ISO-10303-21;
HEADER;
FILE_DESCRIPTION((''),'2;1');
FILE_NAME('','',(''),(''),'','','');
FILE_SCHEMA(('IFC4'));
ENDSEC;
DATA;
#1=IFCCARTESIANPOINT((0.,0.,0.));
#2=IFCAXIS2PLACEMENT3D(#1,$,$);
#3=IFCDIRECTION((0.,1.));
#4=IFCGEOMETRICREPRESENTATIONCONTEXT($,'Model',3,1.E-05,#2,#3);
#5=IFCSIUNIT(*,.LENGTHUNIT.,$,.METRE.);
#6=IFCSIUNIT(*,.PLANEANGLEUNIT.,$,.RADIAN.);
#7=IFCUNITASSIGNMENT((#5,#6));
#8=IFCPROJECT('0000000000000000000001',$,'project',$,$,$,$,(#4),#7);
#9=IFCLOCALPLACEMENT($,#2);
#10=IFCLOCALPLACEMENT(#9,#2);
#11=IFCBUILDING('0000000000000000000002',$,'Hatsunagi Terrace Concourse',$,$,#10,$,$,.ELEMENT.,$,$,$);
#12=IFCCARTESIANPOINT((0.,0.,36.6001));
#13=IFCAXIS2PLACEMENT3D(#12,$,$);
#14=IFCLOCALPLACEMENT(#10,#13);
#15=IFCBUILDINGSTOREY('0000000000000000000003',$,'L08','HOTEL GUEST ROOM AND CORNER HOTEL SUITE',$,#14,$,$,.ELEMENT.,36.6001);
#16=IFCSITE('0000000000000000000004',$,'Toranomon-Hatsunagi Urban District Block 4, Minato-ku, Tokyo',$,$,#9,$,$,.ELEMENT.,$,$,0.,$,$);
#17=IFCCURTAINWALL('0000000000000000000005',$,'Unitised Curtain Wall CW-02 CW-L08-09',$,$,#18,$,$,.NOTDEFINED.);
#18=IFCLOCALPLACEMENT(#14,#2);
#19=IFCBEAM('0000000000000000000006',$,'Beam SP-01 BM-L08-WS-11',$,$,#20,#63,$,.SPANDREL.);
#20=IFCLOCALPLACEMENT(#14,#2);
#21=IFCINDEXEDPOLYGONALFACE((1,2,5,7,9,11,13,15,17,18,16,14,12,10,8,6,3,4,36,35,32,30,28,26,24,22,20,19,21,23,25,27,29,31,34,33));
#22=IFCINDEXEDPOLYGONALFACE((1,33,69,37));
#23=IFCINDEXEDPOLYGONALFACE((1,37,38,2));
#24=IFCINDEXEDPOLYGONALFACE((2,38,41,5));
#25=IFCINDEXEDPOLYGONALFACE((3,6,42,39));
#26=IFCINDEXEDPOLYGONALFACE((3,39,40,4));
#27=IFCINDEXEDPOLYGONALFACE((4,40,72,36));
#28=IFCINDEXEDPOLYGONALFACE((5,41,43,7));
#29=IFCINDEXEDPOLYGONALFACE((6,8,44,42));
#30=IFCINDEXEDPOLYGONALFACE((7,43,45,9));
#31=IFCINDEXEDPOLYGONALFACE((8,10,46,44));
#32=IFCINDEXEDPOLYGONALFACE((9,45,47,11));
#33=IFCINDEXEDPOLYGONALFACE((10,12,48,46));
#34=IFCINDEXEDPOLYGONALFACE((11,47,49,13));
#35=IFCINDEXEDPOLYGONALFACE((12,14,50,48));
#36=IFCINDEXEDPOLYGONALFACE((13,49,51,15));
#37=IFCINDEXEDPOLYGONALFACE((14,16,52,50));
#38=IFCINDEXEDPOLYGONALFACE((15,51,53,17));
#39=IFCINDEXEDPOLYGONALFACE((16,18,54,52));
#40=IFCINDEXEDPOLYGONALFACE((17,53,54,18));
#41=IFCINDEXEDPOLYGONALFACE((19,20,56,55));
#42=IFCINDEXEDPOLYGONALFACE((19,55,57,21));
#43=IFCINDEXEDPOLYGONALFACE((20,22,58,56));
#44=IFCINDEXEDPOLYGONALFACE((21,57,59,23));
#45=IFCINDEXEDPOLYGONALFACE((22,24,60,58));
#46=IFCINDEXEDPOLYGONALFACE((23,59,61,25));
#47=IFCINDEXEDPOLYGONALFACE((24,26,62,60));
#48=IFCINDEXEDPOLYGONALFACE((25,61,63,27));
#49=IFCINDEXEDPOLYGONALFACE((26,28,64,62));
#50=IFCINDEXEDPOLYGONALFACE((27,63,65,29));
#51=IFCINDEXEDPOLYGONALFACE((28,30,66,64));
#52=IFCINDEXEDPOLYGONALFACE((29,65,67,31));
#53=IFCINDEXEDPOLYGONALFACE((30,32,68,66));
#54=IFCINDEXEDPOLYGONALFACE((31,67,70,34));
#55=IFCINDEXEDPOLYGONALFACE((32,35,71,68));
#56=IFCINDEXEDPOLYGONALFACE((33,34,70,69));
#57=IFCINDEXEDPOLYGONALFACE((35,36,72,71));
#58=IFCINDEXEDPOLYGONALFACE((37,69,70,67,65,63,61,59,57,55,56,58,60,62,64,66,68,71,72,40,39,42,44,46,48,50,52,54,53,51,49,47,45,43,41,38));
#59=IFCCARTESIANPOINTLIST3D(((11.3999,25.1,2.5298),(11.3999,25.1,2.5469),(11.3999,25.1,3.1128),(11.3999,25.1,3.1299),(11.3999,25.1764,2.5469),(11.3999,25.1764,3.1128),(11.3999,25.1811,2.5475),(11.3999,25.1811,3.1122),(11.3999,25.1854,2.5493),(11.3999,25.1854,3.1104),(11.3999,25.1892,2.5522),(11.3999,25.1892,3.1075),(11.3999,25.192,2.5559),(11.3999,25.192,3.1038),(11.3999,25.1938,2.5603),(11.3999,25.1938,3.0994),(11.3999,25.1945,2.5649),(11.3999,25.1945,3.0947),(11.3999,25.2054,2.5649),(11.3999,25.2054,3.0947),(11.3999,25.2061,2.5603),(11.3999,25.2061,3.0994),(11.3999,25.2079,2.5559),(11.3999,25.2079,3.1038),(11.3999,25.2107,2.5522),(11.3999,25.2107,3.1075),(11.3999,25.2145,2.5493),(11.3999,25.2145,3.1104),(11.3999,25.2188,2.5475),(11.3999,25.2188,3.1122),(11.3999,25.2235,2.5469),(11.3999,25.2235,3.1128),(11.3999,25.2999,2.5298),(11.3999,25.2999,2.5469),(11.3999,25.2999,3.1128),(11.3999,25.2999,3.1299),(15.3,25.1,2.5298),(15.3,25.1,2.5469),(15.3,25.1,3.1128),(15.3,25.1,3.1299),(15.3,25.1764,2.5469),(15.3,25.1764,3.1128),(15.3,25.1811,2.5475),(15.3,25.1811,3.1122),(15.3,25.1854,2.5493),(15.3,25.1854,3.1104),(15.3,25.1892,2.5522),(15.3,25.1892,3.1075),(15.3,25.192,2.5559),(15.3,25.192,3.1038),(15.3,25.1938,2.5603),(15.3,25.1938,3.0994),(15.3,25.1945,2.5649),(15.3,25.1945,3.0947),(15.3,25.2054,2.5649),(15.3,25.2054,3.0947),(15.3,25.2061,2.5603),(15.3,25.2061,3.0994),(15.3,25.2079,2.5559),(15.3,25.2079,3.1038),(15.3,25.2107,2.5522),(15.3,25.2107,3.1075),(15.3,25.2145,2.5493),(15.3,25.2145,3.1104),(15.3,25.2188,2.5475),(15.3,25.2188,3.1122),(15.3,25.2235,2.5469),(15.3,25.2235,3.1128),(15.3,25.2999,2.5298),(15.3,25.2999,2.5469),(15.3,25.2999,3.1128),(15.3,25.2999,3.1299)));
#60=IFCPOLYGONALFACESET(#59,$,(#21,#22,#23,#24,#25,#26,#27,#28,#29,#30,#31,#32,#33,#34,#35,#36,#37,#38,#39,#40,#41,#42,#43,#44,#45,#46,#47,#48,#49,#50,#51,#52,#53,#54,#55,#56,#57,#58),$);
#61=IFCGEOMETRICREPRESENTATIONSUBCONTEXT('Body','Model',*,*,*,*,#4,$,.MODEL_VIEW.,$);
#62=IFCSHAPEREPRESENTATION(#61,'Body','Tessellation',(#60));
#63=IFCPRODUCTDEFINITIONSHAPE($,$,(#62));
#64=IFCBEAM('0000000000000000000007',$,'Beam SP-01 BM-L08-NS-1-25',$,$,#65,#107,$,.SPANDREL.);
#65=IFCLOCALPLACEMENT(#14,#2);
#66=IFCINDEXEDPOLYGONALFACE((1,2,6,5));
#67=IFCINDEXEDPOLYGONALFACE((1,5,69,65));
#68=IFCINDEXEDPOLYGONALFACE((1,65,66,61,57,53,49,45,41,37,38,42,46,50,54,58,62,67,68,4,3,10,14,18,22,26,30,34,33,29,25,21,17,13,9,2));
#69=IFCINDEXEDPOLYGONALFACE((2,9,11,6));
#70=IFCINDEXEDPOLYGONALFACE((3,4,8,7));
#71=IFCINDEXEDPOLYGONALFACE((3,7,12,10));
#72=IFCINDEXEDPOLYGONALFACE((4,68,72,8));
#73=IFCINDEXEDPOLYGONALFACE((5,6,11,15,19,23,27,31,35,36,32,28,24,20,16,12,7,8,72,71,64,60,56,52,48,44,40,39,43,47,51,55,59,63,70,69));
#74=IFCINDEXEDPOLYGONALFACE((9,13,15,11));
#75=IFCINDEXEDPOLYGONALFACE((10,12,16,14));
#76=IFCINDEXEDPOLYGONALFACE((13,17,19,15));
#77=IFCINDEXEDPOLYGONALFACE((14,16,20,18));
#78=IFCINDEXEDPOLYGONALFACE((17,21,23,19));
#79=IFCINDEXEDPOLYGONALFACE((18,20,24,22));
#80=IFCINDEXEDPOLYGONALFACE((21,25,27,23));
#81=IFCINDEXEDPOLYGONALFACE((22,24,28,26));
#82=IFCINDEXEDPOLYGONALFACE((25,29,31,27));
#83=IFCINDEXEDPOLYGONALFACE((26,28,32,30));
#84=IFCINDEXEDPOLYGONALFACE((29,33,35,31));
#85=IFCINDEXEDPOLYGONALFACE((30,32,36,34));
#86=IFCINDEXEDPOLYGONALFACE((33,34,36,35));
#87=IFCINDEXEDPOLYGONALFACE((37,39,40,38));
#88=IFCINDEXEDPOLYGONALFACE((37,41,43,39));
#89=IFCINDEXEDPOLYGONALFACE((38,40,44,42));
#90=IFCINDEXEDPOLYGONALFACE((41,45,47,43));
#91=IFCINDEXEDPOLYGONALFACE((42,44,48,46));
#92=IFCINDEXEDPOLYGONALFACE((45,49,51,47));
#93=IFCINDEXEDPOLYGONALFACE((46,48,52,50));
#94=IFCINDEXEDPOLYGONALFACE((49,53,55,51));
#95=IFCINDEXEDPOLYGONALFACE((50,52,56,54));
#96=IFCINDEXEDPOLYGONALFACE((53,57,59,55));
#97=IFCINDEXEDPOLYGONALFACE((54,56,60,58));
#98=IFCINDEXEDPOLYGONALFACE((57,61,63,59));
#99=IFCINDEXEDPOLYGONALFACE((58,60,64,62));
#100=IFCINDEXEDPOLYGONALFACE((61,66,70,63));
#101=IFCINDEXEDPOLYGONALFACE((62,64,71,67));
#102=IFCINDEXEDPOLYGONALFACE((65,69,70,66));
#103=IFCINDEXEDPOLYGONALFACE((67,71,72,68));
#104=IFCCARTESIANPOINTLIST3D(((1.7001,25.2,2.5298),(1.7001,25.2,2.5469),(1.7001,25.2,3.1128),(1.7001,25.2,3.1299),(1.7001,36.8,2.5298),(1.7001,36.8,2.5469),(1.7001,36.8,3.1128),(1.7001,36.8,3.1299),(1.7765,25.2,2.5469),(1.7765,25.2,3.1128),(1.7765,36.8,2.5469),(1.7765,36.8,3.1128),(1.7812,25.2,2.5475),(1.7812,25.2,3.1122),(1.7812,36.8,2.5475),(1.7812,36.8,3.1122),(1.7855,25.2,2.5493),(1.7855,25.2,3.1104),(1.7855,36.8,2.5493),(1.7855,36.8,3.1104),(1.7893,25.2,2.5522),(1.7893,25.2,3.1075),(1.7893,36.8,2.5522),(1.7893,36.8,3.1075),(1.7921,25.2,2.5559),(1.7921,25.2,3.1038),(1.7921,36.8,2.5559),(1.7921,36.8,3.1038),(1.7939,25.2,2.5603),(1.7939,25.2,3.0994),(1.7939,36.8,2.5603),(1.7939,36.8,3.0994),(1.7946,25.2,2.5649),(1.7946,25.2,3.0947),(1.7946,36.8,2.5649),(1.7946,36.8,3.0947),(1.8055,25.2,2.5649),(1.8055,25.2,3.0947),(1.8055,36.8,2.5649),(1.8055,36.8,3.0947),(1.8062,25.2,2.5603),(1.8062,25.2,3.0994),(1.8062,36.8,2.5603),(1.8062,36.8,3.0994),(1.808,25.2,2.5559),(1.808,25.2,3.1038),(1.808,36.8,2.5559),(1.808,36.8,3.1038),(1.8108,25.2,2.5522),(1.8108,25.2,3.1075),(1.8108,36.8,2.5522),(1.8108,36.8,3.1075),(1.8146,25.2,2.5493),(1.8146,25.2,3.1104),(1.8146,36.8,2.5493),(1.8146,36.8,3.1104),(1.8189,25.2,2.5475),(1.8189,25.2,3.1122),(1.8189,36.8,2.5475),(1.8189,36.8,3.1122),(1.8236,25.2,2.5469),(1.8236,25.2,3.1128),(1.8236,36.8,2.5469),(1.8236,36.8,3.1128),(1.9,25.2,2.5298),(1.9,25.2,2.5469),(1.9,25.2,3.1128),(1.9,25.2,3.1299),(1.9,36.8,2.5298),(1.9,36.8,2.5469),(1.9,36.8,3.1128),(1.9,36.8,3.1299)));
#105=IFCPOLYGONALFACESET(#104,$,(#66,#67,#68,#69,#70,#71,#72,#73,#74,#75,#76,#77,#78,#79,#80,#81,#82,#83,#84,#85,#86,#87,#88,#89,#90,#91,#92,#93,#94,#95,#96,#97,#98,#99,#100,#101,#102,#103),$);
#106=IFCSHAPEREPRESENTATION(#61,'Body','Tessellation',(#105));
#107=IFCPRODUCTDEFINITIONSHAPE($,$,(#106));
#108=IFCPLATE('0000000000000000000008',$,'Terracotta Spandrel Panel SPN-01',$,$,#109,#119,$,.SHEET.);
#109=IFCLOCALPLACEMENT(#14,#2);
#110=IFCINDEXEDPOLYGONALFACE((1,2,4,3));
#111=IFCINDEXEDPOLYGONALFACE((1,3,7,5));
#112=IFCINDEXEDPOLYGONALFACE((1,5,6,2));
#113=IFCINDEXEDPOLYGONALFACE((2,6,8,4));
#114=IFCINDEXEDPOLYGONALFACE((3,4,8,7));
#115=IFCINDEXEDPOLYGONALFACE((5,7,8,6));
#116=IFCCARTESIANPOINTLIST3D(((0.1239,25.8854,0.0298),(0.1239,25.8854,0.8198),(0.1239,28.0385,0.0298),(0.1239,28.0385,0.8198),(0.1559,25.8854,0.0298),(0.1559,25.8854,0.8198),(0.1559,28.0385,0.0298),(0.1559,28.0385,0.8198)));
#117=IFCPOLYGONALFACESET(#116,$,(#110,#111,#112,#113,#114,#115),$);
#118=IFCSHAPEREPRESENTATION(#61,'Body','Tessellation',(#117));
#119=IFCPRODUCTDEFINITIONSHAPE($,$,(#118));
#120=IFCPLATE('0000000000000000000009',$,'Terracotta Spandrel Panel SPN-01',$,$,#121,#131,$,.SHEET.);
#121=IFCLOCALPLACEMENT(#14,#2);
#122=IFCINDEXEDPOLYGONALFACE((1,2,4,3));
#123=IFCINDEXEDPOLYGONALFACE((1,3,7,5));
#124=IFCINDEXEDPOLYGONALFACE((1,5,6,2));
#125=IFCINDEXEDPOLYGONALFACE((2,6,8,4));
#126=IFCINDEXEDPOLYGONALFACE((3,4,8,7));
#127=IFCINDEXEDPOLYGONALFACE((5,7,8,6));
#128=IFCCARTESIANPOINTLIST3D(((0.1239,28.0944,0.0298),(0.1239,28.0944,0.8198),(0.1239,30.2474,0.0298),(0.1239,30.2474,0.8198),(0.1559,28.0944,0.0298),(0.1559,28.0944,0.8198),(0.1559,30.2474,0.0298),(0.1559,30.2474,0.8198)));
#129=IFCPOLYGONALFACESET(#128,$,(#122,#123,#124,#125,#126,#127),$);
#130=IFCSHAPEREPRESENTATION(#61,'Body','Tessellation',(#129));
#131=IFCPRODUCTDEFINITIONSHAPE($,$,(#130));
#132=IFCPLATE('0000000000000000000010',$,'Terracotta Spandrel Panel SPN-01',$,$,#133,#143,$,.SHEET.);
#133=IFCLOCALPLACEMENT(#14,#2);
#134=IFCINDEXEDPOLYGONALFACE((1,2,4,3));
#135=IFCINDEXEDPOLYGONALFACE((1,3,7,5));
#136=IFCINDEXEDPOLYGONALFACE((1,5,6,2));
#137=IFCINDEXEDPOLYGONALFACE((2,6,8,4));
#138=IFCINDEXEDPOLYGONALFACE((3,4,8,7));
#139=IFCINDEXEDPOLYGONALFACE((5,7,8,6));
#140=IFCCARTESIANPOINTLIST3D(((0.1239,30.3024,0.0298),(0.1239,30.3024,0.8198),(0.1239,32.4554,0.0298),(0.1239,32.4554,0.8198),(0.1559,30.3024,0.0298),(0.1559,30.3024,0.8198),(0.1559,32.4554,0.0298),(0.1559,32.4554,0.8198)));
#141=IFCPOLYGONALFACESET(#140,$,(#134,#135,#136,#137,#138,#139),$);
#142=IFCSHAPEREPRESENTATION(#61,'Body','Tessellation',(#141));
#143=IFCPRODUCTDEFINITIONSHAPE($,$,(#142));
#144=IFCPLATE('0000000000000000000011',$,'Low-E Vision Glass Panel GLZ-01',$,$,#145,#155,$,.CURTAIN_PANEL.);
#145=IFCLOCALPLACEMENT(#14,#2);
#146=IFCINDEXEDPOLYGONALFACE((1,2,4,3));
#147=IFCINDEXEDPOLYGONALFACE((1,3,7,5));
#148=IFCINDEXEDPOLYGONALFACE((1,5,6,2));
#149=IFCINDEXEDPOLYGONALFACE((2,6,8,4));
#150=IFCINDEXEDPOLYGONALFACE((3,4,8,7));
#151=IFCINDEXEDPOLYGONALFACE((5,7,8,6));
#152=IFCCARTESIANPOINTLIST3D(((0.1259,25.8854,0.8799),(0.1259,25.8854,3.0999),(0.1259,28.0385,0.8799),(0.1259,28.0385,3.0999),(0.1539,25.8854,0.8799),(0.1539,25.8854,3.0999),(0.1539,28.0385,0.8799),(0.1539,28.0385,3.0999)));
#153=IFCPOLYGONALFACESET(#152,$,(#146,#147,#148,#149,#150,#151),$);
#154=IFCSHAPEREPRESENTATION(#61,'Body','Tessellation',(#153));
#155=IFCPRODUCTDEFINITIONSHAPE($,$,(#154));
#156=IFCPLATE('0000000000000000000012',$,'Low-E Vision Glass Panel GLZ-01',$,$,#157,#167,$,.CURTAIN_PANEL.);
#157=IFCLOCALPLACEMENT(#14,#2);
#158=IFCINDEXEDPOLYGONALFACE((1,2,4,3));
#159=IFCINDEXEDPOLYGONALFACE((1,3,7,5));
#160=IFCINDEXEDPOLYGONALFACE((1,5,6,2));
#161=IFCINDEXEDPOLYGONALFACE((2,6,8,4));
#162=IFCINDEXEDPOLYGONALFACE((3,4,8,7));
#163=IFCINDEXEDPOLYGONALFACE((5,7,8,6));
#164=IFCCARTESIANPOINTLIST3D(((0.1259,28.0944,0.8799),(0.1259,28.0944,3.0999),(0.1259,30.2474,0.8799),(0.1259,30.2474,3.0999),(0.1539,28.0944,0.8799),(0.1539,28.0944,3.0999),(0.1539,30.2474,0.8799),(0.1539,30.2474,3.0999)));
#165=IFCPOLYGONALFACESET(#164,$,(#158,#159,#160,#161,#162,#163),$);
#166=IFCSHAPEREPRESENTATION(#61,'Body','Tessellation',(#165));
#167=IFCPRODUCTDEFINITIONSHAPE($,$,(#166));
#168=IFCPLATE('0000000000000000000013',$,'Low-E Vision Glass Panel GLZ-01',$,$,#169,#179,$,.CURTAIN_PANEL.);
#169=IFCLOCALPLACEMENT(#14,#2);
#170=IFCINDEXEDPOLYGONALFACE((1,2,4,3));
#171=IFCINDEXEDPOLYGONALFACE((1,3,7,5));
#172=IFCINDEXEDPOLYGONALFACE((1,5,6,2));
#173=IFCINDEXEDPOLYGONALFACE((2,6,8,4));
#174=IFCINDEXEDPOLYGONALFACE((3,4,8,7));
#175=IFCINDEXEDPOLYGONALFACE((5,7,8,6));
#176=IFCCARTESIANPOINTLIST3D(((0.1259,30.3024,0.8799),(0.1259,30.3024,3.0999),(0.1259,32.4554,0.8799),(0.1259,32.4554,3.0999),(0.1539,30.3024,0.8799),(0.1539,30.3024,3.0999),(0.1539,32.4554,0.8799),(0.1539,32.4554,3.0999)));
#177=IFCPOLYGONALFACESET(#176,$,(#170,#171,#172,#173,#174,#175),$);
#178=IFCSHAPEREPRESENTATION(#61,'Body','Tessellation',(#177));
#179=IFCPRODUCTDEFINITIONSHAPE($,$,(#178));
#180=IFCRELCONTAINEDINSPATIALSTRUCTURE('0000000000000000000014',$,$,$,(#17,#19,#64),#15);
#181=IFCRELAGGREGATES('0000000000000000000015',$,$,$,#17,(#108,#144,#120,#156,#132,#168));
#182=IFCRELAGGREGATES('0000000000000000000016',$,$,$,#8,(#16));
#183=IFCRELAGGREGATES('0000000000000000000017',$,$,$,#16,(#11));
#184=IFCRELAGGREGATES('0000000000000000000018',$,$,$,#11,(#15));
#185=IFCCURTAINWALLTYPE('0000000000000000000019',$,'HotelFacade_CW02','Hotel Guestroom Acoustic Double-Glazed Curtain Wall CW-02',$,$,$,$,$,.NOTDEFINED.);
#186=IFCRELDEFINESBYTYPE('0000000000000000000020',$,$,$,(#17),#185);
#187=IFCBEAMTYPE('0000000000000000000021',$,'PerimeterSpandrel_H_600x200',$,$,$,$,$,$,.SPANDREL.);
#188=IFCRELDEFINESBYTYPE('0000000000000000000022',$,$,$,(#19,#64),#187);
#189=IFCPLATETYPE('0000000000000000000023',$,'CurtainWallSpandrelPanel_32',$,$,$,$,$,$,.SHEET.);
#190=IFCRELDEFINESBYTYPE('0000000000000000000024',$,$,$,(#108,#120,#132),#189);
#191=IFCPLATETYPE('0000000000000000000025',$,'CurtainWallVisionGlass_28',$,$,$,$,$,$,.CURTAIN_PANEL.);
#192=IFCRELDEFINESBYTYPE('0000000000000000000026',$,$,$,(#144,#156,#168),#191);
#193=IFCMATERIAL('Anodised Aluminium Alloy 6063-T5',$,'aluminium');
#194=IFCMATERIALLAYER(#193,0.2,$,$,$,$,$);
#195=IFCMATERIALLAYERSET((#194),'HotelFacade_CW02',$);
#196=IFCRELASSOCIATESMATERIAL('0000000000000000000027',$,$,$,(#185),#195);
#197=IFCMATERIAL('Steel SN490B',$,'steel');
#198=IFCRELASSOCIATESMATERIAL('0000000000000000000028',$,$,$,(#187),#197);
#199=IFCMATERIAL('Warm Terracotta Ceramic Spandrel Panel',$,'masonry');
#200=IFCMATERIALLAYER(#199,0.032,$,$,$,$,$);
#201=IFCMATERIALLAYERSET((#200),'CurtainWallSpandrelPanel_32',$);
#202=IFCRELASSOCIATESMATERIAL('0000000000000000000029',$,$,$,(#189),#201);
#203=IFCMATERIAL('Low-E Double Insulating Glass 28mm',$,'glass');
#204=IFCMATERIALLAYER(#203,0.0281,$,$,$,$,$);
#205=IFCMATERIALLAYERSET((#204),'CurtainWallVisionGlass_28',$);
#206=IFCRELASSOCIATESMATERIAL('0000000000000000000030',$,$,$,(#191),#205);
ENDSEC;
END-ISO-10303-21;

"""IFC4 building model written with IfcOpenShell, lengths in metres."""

from ifc_helpers import new_model, si_unit, direction, frame, origin, origin_2d, place, context, subcontext, project, spatial, rectangle, i_section, extrude, material, layer, layer_set, material_profile, profile_set, type_object, element, aggregate, save


model = new_model("IFC4")

# Units and contexts
model_context = context("Model", 3, precision=1e-05, world=origin(), true_north=direction((0.0, 1.0)))
body_context = subcontext(model_context, "Body", "Model", "MODEL_VIEW")
ifc_project = project(units=[si_unit("LENGTHUNIT", "METRE"), si_unit("PLANEANGLEUNIT", "RADIAN")], contexts=[model_context])

# Site, building, storey
site_placement = place(None, origin())
site = spatial("IfcSite", under=ifc_project, at=site_placement, Name="Toranomon-Hatsunagi Urban District Block 4, Minato-ku, Tokyo", CompositionType="ELEMENT", RefElevation=0.0)
building_placement = place(site_placement, origin())
building = spatial("IfcBuilding", under=site, at=building_placement, Name="Hatsunagi Terrace Concourse", CompositionType="ELEMENT")
storey_placement = place(building_placement, frame((0.0, 0.0, 36.6001)))
storey = spatial("IfcBuildingStorey", under=building, at=storey_placement, Name="L08", Description="HOTEL GUEST ROOM AND CORNER HOTEL SUITE", CompositionType="ELEMENT", Elevation=36.6001)

# Curtain wall
ifc_material_1 = material(Name="Anodised Aluminium Alloy 6063-T5", Category="aluminium")
ifc_layer_1 = layer(ifc_material_1, 0.2)
ifc_layer_set_1 = layer_set([ifc_layer_1], Name="HotelFacade_CW02")
curtain_wall_type = type_object("IfcCurtainWallType", Name="HotelFacade_CW02", Description="Hotel Guestroom Acoustic Double-Glazed Curtain Wall CW-02", PredefinedType="NOTDEFINED", material=ifc_layer_set_1)
curtain_wall_placement = place(storey_placement, origin())
curtain_wall = element("IfcCurtainWall", 1, at=curtain_wall_placement, inside=storey, type_object=curtain_wall_type, Name="Unitised Curtain Wall CW-02 CW-L08-09", PredefinedType="NOTDEFINED")

# Beams
ifc_material_2 = material(Name="Steel SN490B", Category="steel")
ifc_material_profile_1 = material_profile(ifc_material_2, i_section(OverallWidth=0.2, OverallDepth=0.6001, WebThickness=0.011, FlangeThickness=0.0171, FilletRadius=0.0181, at=origin_2d()), Name="H-600x200x11x17")
ifc_profile_set_1 = profile_set([ifc_material_profile_1], Name="Steel SN490B")
beam_type_1 = type_object("IfcBeamType", Name="PerimeterSpandrel_H_600x200", PredefinedType="SPANDREL", material=ifc_profile_set_1)
beam_1_placement = place(storey_placement, frame((11.3999, 25.2, 2.8298), z_axis=(1.0, 0.0, 0.0), x_axis=(0.0, 1.0, 0.0)))
element("IfcBeam", 2, at=beam_1_placement, inside=storey, type_object=beam_type_1, Name="Beam SP-01 BM-L08-WS-11", PredefinedType="SPANDREL", context=body_context, shape_type="SweptSolid", body=[
    extrude(i_section(OverallWidth=0.2, OverallDepth=0.6001, WebThickness=0.011, FlangeThickness=0.0171, FilletRadius=0.0181, at=origin_2d()), origin(), (0.0, 0.0, 1.0), 3.9001),
])
beam_2_placement = place(storey_placement, frame((1.8, 25.2, 2.8298), z_axis=(0.0, 1.0, 0.0), x_axis=(-1.0, 0.0, 0.0)))
element("IfcBeam", 3, at=beam_2_placement, inside=storey, type_object=beam_type_1, Name="Beam SP-01 BM-L08-NS-1-25", PredefinedType="SPANDREL", context=body_context, shape_type="SweptSolid", body=[
    extrude(i_section(OverallWidth=0.2, OverallDepth=0.6001, WebThickness=0.011, FlangeThickness=0.0171, FilletRadius=0.0181, at=origin_2d()), origin(), (0.0, 0.0, 1.0), 11.6001),
])

# Plates
ifc_material_3 = material(Name="Warm Terracotta Ceramic Spandrel Panel", Category="masonry")
ifc_layer_2 = layer(ifc_material_3, 0.032)
ifc_layer_set_2 = layer_set([ifc_layer_2], Name="CurtainWallSpandrelPanel_32")
plate_type_1 = type_object("IfcPlateType", Name="CurtainWallSpandrelPanel_32", PredefinedType="SHEET", material=ifc_layer_set_2)
plate_1_placement = place(storey_placement, frame((0.1399, 26.9619, 0.0298), z_axis=(0.0, 0.0, 1.0), x_axis=(0.0, 1.0, 0.0)))
plate_1 = element("IfcPlate", 4, at=plate_1_placement, type_object=plate_type_1, Name="Terracotta Spandrel Panel SPN-01", PredefinedType="SHEET", context=body_context, shape_type="SweptSolid", body=[
    extrude(rectangle(XDim=2.1531, YDim=0.032, at=origin_2d()), origin(), (0.0, 0.0, 1.0), 0.79),
])
plate_2_placement = place(storey_placement, frame((0.1399, 29.1709, 0.0298), z_axis=(0.0, 0.0, 1.0), x_axis=(0.0, 1.0, 0.0)))
plate_2 = element("IfcPlate", 5, at=plate_2_placement, type_object=plate_type_1, Name="Terracotta Spandrel Panel SPN-01", PredefinedType="SHEET", context=body_context, shape_type="SweptSolid", body=[
    extrude(rectangle(XDim=2.1531, YDim=0.032, at=origin_2d()), origin(), (0.0, 0.0, 1.0), 0.79),
])
plate_3_placement = place(storey_placement, frame((0.1399, 31.3789, 0.0298), z_axis=(0.0, 0.0, 1.0), x_axis=(0.0, 1.0, 0.0)))
plate_3 = element("IfcPlate", 6, at=plate_3_placement, type_object=plate_type_1, Name="Terracotta Spandrel Panel SPN-01", PredefinedType="SHEET", context=body_context, shape_type="SweptSolid", body=[
    extrude(rectangle(XDim=2.1531, YDim=0.032, at=origin_2d()), origin(), (0.0, 0.0, 1.0), 0.79),
])
ifc_material_4 = material(Name="Low-E Double Insulating Glass 28mm", Category="glass")
ifc_layer_3 = layer(ifc_material_4, 0.0281)
ifc_layer_set_3 = layer_set([ifc_layer_3], Name="CurtainWallVisionGlass_28")
plate_type_2 = type_object("IfcPlateType", Name="CurtainWallVisionGlass_28", PredefinedType="CURTAIN_PANEL", material=ifc_layer_set_3)
plate_4_placement = place(storey_placement, frame((0.1399, 26.9619, 0.8799), z_axis=(0.0, 0.0, 1.0), x_axis=(0.0, 1.0, 0.0)))
plate_4 = element("IfcPlate", 7, at=plate_4_placement, type_object=plate_type_2, Name="Low-E Vision Glass Panel GLZ-01", PredefinedType="CURTAIN_PANEL", context=body_context, shape_type="SweptSolid", body=[
    extrude(rectangle(XDim=2.1531, YDim=0.0281, at=origin_2d()), origin(), (0.0, 0.0, 1.0), 2.22),
])
plate_5_placement = place(storey_placement, frame((0.1399, 29.1709, 0.8799), z_axis=(0.0, 0.0, 1.0), x_axis=(0.0, 1.0, 0.0)))
plate_5 = element("IfcPlate", 8, at=plate_5_placement, type_object=plate_type_2, Name="Low-E Vision Glass Panel GLZ-01", PredefinedType="CURTAIN_PANEL", context=body_context, shape_type="SweptSolid", body=[
    extrude(rectangle(XDim=2.1531, YDim=0.0281, at=origin_2d()), origin(), (0.0, 0.0, 1.0), 2.22),
])
plate_6_placement = place(storey_placement, frame((0.1399, 31.3789, 0.8799), z_axis=(0.0, 0.0, 1.0), x_axis=(0.0, 1.0, 0.0)))
plate_6 = element("IfcPlate", 9, at=plate_6_placement, type_object=plate_type_2, Name="Low-E Vision Glass Panel GLZ-01", PredefinedType="CURTAIN_PANEL", context=body_context, shape_type="SweptSolid", body=[
    extrude(rectangle(XDim=2.1531, YDim=0.0281, at=origin_2d()), origin(), (0.0, 0.0, 1.0), 2.22),
])
aggregate(curtain_wall, [plate_1, plate_4, plate_2, plate_5, plate_3, plate_6])

save(model, "model.ifc")
